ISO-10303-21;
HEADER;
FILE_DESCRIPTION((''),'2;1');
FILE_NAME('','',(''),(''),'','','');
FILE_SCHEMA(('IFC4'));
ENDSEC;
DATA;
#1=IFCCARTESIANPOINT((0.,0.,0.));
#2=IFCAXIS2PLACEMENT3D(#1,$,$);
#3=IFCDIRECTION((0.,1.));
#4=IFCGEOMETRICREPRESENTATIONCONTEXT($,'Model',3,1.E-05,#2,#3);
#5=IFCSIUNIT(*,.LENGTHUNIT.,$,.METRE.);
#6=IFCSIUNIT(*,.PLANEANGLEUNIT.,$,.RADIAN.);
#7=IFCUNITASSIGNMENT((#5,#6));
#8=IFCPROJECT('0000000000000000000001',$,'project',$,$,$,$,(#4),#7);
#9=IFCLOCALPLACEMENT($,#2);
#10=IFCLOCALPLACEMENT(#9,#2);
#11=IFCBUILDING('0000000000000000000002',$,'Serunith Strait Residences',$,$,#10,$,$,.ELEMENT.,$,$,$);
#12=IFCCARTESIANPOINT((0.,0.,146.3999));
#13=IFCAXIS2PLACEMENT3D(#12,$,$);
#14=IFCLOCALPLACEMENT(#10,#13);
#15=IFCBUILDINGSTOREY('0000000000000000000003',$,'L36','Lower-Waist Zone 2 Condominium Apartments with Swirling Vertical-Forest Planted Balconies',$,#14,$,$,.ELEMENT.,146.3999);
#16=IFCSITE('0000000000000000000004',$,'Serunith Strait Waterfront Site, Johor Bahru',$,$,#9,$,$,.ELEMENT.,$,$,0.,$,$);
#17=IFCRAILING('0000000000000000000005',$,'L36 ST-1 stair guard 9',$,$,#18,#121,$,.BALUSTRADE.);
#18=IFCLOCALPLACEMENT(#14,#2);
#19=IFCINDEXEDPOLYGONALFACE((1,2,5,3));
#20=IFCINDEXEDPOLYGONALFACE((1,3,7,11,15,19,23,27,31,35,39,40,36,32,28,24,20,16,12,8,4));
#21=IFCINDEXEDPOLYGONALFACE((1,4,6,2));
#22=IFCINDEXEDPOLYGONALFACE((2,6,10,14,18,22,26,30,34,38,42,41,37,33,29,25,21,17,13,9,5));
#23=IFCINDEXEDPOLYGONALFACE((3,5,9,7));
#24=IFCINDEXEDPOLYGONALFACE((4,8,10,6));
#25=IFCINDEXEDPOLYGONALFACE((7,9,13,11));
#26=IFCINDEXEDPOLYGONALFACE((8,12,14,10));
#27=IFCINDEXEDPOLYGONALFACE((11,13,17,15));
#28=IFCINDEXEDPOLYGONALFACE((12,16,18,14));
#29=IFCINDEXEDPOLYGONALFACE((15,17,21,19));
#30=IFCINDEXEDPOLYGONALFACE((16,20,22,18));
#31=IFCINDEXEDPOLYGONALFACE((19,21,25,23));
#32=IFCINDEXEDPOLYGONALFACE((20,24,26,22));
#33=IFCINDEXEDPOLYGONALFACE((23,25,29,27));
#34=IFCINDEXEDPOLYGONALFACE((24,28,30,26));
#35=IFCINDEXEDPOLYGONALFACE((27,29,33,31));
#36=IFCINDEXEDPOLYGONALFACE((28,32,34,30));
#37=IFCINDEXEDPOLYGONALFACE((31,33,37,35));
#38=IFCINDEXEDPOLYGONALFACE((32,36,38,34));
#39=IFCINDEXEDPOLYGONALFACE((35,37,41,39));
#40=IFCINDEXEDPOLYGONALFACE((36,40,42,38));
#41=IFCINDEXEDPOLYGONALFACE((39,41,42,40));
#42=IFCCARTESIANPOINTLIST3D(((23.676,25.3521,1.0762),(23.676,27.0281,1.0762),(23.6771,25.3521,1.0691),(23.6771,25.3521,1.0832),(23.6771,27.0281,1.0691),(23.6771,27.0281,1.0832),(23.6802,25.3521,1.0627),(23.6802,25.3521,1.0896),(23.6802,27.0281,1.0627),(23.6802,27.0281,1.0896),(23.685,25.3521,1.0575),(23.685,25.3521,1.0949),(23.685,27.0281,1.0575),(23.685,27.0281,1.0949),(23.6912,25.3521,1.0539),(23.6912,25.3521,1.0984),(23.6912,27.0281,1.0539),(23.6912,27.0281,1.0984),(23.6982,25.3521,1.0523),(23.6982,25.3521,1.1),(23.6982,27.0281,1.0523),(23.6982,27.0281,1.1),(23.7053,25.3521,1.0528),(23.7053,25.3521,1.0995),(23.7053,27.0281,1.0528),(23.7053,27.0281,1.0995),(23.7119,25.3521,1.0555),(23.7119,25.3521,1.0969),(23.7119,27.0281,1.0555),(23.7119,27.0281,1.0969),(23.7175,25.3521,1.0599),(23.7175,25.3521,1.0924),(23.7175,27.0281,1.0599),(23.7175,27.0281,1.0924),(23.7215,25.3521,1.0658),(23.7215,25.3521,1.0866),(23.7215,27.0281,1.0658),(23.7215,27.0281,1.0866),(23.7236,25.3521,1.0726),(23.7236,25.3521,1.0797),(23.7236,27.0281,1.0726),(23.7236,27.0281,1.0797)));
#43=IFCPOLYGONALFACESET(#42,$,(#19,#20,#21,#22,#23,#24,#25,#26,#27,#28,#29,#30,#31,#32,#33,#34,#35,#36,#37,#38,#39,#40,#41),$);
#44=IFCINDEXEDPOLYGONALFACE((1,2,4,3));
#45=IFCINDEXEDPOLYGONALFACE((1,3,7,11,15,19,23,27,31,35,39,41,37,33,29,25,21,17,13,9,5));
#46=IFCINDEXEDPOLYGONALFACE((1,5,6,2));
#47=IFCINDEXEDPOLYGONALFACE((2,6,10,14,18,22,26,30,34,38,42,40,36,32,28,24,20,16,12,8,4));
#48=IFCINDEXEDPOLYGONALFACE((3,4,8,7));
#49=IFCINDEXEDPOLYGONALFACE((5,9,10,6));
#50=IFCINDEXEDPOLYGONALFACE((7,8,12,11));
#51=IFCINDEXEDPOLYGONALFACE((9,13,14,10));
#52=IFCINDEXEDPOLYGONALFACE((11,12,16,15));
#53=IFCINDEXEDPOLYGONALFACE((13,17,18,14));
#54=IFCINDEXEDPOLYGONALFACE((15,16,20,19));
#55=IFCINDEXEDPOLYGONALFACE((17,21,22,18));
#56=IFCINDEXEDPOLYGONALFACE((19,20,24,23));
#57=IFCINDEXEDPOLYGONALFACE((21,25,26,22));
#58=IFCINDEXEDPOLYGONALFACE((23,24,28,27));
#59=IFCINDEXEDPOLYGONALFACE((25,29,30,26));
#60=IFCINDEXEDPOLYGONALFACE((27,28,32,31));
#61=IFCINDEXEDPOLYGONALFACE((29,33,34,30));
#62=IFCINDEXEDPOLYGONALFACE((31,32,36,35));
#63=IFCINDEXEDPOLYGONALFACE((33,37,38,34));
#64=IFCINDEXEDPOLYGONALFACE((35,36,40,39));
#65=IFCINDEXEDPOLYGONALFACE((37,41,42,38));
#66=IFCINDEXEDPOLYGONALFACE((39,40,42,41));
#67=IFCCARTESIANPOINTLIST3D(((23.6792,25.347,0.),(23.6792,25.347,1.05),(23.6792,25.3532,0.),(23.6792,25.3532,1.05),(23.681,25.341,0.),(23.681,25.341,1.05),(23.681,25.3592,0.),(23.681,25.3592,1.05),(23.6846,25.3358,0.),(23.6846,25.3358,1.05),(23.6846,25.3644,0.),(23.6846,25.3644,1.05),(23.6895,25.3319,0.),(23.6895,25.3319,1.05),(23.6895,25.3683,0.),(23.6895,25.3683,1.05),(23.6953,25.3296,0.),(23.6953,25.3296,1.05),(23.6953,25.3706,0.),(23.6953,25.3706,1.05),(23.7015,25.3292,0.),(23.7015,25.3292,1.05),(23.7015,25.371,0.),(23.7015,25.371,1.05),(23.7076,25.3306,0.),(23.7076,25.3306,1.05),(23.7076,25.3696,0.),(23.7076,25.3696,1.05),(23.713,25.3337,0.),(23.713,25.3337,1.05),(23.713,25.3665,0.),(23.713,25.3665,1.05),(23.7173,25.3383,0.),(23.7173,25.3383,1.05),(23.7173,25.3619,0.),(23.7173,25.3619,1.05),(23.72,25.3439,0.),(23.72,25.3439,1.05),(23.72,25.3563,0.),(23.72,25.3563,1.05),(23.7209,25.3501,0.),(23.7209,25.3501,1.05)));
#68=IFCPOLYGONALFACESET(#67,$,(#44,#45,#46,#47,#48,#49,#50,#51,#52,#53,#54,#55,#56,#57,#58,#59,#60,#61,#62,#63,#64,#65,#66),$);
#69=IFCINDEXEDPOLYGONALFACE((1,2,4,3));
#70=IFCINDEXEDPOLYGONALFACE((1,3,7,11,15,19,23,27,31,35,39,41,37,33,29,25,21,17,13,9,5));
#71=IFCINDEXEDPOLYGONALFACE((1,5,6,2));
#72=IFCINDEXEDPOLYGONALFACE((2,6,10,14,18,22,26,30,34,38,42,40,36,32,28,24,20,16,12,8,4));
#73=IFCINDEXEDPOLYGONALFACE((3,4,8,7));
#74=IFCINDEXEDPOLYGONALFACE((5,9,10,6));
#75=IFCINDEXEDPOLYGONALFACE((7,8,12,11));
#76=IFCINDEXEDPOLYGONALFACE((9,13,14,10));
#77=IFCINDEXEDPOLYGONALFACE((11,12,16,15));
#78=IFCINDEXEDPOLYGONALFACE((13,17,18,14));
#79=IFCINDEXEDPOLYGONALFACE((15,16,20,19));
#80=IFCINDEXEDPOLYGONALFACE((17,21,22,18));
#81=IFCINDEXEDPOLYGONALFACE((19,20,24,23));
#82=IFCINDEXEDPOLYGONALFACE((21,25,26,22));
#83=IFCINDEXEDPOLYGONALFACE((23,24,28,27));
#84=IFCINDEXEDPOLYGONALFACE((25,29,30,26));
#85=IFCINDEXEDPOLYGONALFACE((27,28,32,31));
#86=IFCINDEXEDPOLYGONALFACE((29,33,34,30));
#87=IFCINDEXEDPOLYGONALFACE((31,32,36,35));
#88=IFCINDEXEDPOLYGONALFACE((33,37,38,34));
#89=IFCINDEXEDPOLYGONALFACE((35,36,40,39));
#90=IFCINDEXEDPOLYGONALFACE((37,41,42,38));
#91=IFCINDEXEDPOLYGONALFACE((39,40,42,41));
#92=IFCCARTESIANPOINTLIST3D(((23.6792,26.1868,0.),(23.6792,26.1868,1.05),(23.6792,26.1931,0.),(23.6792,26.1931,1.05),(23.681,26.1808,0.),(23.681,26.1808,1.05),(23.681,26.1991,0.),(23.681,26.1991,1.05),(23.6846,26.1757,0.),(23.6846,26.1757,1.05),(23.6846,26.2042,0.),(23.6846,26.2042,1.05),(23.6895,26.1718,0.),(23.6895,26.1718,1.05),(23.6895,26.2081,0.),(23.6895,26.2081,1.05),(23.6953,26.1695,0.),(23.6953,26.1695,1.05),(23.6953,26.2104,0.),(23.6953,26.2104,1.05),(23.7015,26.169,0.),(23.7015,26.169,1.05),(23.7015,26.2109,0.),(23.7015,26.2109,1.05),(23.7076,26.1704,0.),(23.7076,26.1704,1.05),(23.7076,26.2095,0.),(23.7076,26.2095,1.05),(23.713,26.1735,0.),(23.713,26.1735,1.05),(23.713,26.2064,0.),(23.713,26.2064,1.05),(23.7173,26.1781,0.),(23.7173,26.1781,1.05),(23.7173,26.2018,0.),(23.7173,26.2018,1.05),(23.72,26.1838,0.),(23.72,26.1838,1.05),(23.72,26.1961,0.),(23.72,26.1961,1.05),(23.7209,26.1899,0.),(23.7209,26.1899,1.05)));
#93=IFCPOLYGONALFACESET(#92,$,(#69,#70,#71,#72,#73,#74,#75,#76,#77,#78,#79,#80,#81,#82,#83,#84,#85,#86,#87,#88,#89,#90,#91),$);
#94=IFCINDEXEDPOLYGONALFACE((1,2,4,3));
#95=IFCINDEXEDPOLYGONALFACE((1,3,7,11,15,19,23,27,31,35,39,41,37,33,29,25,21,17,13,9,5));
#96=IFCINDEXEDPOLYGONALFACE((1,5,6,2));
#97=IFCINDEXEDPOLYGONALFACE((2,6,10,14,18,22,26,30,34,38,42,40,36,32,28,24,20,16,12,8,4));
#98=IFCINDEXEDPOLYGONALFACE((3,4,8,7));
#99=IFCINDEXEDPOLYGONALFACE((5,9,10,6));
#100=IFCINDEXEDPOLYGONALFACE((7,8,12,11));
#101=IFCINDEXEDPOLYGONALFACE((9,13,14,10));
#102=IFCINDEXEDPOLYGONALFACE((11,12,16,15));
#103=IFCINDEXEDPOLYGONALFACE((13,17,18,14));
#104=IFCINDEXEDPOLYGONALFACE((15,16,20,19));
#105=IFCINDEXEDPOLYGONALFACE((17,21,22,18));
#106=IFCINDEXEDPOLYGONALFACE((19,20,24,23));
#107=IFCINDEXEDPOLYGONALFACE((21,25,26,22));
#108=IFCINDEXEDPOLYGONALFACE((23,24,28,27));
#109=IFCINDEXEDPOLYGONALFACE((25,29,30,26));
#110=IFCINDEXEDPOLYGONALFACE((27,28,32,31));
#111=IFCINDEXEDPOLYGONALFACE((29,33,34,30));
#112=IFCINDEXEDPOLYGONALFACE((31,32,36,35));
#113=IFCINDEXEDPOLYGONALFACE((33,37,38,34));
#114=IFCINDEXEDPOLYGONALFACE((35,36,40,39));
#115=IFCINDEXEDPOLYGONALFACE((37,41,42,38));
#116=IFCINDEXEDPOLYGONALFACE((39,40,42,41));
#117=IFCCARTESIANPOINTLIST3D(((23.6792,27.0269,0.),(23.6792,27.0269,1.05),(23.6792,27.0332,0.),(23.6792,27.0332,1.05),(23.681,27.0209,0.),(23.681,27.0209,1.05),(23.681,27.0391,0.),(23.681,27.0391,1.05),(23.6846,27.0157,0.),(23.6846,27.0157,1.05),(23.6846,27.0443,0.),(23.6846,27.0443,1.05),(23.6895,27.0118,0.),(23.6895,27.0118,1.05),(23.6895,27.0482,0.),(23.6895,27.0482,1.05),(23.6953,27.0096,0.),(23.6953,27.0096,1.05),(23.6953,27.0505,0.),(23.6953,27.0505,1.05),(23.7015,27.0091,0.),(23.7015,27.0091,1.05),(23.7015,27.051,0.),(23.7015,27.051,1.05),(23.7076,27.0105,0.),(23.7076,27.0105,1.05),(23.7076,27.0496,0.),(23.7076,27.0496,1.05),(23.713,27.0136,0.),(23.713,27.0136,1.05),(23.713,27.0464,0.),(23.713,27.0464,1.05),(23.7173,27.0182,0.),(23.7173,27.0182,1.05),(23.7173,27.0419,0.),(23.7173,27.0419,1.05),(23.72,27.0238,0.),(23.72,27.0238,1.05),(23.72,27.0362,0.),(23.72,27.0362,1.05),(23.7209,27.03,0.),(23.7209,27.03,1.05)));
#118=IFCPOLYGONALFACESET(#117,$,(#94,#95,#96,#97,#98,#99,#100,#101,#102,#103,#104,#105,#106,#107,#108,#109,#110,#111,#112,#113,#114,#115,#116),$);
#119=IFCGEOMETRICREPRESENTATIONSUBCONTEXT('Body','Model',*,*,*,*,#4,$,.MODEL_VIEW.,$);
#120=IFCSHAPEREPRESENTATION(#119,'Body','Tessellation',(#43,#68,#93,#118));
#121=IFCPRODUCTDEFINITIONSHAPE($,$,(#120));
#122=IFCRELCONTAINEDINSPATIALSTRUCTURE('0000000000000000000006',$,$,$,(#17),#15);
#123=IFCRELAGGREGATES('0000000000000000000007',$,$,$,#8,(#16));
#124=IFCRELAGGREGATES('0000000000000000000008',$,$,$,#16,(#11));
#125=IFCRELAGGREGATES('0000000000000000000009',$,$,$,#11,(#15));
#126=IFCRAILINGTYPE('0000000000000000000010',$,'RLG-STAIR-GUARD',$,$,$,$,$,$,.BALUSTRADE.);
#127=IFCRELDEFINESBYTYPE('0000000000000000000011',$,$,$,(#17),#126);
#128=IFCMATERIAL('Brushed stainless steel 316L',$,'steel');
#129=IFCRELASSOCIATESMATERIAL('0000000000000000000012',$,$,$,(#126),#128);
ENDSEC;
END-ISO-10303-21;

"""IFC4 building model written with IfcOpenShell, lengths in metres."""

from ifc_helpers import new_model, si_unit, direction, frame, origin, origin_2d, place, context, subcontext, project, spatial, circle, extrude, material, type_object, element, save


model = new_model("IFC4")

# Units and contexts
model_context = context("Model", 3, precision=1e-05, world=origin(), true_north=direction((0.0, 1.0)))
body_context = subcontext(model_context, "Body", "Model", "MODEL_VIEW")
ifc_project = project(units=[si_unit("LENGTHUNIT", "METRE"), si_unit("PLANEANGLEUNIT", "RADIAN")], contexts=[model_context])

# Site, building, storey
site_placement = place(None, origin())
site = spatial("IfcSite", under=ifc_project, at=site_placement, Name="Serunith Strait Waterfront Site, Johor Bahru", CompositionType="ELEMENT", RefElevation=0.0)
building_placement = place(site_placement, origin())
building = spatial("IfcBuilding", under=site, at=building_placement, Name="Serunith Strait Residences", CompositionType="ELEMENT")
storey_placement = place(building_placement, frame((0.0, 0.0, 146.3999)))
storey = spatial("IfcBuildingStorey", under=building, at=storey_placement, Name="L36", Description="Lower-Waist Zone 2 Condominium Apartments with Swirling Vertical-Forest Planted Balconies", CompositionType="ELEMENT", Elevation=146.3999)

# Railing
ifc_material_1 = material(Name="Brushed stainless steel 316L", Category="steel")
railing_type_1 = type_object("IfcRailingType", Name="RLG-STAIR-GUARD", PredefinedType="BALUSTRADE", material=ifc_material_1)
for number, where, name in (
    (1, (23.7, 25.3501, 0.0), "L36 ST-1 stair guard 9"),
):
    element("IfcRailing", number, at=place(storey_placement, frame(where)), inside=storey, type_object=railing_type_1, Name=name, PredefinedType="BALUSTRADE", context=body_context, shape_type="SweptSolid", body=[
        extrude(circle(Radius=0.0239, at=origin_2d()), frame((0.0, 0.002, 1.0762), z_axis=(0.0, 1.0, 0.0), x_axis=(-1.0, 0.0, 0.0)), (0.0, 0.0, 1.0), 1.676),
        extrude(circle(Radius=0.021, at=origin_2d()), origin(), (0.0, 0.0, 1.0), 1.05),
        extrude(circle(Radius=0.021, at=origin_2d()), frame((0.0, 0.8398, 0.0)), (0.0, 0.0, 1.0), 1.05),
        extrude(circle(Radius=0.021, at=origin_2d()), frame((0.0, 1.6799, 0.0)), (0.0, 0.0, 1.0), 1.05),
    ])

save(model, "model.ifc")
